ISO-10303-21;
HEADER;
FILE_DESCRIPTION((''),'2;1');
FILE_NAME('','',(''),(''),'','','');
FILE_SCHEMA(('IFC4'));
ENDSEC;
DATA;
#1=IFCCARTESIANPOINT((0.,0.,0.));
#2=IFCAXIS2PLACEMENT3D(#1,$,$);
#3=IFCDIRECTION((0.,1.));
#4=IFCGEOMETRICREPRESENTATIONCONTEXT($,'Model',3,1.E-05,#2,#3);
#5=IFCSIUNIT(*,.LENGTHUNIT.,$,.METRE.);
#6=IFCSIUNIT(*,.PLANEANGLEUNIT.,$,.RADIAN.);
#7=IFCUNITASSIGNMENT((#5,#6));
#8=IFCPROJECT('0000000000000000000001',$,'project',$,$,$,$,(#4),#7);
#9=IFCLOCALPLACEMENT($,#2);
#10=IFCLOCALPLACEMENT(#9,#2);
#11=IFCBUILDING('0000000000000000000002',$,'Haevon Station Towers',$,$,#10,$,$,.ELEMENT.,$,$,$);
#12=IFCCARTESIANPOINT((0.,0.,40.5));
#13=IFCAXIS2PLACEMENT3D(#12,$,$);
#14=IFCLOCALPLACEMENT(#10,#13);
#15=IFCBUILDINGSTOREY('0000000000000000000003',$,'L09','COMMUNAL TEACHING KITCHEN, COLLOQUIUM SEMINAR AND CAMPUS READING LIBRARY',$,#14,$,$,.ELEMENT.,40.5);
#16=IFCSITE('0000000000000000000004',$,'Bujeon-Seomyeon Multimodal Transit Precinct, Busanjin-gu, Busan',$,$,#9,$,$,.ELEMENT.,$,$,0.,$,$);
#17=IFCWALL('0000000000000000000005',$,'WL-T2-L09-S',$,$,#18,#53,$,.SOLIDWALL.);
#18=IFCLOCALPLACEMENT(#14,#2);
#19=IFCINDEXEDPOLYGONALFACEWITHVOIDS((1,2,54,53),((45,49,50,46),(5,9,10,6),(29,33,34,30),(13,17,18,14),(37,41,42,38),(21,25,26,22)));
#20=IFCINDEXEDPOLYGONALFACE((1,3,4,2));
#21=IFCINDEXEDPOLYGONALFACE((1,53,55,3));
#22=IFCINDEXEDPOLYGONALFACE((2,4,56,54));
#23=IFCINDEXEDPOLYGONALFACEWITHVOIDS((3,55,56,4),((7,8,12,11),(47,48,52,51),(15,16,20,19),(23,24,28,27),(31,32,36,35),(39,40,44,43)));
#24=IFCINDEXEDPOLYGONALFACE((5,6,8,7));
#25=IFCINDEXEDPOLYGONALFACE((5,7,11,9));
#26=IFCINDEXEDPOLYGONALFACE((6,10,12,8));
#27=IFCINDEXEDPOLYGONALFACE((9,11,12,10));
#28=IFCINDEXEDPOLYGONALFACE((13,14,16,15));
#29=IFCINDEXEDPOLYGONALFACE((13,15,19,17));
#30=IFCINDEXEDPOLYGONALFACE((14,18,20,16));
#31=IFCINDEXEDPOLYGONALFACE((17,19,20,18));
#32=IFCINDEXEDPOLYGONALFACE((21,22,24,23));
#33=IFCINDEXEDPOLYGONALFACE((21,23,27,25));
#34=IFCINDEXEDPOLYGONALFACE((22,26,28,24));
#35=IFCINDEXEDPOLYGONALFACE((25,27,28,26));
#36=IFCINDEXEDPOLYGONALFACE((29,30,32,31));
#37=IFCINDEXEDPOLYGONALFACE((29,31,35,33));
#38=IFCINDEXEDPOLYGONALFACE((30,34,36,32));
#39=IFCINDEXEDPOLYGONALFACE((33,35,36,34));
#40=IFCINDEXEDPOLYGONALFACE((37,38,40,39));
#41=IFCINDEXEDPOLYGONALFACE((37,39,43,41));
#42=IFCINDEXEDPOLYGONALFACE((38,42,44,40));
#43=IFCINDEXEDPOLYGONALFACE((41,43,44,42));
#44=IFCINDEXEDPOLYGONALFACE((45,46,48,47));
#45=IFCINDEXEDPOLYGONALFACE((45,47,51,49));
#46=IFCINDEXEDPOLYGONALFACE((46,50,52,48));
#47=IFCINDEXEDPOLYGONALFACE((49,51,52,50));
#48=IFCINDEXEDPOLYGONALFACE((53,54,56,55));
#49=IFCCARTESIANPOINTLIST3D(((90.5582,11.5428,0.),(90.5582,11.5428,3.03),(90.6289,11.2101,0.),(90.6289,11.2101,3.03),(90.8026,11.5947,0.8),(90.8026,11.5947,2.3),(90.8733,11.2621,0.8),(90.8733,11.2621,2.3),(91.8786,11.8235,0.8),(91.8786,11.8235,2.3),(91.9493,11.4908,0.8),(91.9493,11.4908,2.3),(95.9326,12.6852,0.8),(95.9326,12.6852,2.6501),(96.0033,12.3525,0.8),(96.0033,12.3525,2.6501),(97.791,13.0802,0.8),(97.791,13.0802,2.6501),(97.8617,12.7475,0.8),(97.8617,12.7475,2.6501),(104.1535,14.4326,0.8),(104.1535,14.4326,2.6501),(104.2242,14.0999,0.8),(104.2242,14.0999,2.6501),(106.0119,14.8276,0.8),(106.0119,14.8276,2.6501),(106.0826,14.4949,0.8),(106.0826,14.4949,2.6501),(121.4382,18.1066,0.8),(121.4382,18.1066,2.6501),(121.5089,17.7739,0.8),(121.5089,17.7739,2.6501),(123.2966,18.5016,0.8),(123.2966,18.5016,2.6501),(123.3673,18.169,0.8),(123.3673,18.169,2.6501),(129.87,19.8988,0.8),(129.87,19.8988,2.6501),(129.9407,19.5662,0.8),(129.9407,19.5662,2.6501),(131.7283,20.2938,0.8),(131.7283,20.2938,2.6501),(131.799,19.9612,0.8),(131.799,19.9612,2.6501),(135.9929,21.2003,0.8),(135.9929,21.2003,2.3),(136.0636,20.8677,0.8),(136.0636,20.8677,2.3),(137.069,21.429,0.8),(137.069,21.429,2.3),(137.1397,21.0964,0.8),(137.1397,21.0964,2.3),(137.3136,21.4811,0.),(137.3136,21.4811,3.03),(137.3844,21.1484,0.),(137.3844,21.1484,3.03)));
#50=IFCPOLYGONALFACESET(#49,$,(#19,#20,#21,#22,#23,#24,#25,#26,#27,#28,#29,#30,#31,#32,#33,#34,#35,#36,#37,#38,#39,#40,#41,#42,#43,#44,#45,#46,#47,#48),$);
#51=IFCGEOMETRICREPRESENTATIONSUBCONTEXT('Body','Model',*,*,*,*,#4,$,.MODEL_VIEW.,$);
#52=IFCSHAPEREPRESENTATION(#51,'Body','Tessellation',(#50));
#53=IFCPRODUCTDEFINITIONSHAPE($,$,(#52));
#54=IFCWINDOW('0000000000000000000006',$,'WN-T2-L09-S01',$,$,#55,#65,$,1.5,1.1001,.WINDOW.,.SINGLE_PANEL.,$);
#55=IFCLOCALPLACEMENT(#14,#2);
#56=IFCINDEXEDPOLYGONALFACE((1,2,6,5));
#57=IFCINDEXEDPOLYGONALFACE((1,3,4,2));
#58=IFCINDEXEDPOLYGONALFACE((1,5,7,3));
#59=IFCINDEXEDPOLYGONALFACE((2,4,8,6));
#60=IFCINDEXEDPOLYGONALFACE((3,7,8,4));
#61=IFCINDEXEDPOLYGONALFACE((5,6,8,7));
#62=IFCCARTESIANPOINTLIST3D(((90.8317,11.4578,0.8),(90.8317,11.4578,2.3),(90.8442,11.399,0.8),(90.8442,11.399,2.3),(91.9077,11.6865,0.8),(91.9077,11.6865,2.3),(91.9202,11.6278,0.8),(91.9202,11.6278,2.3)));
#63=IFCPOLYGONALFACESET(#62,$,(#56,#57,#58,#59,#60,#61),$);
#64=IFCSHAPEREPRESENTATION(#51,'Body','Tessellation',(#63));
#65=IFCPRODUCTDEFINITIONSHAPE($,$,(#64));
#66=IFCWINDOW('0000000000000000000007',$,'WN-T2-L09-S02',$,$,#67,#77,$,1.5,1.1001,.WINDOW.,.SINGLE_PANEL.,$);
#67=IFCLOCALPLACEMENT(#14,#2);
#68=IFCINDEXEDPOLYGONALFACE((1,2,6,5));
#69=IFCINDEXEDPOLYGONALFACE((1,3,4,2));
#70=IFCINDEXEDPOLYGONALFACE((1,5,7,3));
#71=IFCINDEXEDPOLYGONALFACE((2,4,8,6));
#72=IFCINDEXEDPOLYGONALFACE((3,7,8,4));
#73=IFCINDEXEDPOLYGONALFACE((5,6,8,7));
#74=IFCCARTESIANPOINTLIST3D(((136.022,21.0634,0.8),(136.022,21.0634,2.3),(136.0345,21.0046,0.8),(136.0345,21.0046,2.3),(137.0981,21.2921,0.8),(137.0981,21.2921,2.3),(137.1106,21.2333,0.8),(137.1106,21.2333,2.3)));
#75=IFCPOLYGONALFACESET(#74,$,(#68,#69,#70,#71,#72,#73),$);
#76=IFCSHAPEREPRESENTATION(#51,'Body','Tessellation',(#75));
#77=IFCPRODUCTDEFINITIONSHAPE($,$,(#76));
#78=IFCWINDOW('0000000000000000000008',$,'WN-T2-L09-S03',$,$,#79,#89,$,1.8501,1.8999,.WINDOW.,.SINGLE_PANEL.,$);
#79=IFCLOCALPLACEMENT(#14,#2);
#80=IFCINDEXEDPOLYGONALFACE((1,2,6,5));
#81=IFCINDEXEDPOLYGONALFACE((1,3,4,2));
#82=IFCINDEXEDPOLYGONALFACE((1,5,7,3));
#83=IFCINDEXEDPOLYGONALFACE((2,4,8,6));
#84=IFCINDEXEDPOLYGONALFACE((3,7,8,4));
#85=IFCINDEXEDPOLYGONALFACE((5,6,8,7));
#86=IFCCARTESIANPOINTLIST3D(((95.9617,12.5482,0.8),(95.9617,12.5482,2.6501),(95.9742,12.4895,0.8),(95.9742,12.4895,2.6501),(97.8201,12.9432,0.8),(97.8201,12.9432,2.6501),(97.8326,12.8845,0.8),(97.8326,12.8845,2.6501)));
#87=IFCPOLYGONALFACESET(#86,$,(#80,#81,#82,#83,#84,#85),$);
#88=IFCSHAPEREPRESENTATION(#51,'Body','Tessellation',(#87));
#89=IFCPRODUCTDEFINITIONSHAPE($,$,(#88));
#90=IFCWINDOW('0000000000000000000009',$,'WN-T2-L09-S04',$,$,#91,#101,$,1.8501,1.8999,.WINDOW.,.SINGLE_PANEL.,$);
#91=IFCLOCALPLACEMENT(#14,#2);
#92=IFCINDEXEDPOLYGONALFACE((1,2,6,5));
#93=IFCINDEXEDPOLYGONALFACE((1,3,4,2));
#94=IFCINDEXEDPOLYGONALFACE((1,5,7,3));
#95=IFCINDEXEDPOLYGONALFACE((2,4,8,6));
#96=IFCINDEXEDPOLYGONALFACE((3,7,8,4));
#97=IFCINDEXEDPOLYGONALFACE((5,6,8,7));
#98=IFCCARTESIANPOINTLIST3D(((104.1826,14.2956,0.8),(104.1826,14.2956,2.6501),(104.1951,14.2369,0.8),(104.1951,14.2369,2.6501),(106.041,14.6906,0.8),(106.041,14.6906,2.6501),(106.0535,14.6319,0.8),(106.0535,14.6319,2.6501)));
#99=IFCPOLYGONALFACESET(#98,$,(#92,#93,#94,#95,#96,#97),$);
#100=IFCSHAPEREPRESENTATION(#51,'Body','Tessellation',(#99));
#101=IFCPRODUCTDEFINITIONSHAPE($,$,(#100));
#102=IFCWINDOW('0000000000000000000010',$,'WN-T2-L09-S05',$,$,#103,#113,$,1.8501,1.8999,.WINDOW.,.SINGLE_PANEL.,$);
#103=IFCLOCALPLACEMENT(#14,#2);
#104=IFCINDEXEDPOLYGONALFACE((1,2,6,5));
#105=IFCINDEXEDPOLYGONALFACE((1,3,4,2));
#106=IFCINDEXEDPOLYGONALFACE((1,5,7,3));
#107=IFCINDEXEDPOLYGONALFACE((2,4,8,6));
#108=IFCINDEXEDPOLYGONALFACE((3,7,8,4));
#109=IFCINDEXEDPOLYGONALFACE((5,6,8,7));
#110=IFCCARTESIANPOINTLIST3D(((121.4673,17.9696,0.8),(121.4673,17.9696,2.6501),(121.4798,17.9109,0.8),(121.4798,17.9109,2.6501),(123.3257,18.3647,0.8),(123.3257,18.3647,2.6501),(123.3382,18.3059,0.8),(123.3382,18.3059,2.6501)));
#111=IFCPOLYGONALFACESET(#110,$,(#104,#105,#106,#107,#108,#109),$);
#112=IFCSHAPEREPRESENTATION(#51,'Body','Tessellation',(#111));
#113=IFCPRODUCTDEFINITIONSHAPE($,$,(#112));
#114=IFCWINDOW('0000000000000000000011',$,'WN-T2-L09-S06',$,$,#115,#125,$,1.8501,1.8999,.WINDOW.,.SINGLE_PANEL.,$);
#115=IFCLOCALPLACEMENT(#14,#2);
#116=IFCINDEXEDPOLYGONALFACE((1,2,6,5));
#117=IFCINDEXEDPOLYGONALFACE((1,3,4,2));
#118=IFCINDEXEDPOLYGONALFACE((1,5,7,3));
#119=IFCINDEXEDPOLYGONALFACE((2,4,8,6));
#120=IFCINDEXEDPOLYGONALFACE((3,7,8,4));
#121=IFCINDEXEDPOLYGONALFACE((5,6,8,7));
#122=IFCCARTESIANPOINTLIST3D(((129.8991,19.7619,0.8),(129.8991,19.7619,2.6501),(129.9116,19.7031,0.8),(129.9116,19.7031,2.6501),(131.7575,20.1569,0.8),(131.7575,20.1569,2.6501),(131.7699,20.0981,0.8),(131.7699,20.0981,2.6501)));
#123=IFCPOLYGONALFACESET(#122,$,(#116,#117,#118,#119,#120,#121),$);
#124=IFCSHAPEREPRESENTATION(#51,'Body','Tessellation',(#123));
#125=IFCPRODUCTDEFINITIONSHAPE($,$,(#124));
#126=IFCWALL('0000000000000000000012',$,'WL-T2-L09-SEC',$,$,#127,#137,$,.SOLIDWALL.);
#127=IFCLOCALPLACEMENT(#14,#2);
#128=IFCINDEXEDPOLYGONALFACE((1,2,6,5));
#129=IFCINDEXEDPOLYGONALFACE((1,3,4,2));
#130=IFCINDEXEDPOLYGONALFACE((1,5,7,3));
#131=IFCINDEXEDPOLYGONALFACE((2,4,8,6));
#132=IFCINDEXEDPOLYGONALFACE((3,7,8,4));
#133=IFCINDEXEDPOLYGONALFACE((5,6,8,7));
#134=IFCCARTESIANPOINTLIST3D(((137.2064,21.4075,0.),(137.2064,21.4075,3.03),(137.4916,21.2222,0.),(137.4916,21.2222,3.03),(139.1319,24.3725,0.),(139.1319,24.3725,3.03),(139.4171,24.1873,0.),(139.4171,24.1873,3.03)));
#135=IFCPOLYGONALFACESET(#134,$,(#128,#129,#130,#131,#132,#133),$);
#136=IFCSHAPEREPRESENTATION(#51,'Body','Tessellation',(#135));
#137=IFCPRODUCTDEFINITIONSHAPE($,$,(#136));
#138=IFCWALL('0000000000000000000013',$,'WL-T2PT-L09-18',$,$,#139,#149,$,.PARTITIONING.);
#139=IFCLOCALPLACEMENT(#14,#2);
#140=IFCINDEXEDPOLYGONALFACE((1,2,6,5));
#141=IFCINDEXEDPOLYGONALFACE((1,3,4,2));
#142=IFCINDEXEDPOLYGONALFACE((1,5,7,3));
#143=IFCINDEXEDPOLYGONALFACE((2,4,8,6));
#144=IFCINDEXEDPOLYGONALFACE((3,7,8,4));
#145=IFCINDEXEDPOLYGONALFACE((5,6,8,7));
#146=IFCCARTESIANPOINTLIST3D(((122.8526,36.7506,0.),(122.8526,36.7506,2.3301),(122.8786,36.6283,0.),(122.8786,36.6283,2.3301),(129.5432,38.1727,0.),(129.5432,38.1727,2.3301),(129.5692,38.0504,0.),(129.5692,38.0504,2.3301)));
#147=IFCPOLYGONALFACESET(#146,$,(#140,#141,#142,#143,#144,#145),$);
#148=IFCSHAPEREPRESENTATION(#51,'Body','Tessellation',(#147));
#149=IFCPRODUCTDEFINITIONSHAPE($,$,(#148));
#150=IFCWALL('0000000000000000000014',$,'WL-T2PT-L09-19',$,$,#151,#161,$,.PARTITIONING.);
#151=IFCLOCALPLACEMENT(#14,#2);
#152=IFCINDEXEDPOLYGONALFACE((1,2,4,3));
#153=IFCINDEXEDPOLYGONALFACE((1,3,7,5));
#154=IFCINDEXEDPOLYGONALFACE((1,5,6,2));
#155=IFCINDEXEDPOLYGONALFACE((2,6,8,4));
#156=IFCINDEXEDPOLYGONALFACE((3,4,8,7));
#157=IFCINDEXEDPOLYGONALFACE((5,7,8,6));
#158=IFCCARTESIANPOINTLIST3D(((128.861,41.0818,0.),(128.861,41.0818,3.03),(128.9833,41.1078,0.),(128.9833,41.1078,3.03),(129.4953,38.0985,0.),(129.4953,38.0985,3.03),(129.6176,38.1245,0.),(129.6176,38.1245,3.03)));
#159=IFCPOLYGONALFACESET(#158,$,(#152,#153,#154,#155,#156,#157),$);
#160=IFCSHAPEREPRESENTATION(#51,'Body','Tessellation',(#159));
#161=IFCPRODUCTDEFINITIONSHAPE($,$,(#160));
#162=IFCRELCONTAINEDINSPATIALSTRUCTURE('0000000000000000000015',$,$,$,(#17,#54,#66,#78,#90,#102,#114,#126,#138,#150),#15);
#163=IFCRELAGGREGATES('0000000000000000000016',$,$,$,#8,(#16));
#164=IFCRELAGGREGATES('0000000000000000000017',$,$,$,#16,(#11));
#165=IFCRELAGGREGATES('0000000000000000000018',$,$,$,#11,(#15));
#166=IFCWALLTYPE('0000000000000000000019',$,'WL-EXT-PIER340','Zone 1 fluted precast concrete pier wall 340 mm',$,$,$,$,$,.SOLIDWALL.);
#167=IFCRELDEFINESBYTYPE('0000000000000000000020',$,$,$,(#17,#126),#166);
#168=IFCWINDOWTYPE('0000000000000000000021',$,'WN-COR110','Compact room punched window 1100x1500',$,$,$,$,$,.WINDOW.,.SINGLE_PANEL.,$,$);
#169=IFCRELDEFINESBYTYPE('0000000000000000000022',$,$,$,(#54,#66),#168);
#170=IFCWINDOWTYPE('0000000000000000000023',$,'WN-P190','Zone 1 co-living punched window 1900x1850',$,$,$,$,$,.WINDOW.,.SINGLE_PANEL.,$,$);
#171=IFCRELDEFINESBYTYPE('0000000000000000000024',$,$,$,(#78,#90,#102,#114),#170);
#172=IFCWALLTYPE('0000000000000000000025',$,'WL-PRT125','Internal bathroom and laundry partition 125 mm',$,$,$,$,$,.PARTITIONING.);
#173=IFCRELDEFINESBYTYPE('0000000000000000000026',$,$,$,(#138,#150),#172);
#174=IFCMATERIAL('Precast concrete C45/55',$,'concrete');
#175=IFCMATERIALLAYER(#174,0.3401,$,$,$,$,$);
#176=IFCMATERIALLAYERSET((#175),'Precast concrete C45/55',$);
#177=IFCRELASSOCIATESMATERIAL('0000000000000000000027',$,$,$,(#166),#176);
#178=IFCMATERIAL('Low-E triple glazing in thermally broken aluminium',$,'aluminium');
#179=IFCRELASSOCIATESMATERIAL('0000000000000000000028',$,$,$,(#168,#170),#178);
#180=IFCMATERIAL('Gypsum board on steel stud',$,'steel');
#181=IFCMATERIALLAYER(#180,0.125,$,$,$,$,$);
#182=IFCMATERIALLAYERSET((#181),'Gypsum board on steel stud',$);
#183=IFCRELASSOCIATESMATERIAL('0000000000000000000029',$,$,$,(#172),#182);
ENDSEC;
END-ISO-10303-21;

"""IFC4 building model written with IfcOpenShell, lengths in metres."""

from ifc_helpers import new_model, si_unit, direction, frame, frame_2d, origin, place, context, subcontext, project, spatial, rectangle, extrude, material, layer, layer_set, type_object, element, fill, save


model = new_model("IFC4")

# Units and contexts
model_context = context("Model", 3, precision=1e-05, world=origin(), true_north=direction((0.0, 1.0)))
body_context = subcontext(model_context, "Body", "Model", "MODEL_VIEW")
ifc_project = project(units=[si_unit("LENGTHUNIT", "METRE"), si_unit("PLANEANGLEUNIT", "RADIAN")], contexts=[model_context])

# Site, building, storey
site_placement = place(None, origin())
site = spatial("IfcSite", under=ifc_project, at=site_placement, Name="Bujeon-Seomyeon Multimodal Transit Precinct, Busanjin-gu, Busan", CompositionType="ELEMENT", RefElevation=0.0)
building_placement = place(site_placement, origin())
building = spatial("IfcBuilding", under=site, at=building_placement, Name="Haevon Station Towers", CompositionType="ELEMENT")
storey_placement = place(building_placement, frame((0.0, 0.0, 40.5)))
storey = spatial("IfcBuildingStorey", under=building, at=storey_placement, Name="L09", Description="COMMUNAL TEACHING KITCHEN, COLLOQUIUM SEMINAR AND CAMPUS READING LIBRARY", CompositionType="ELEMENT", Elevation=40.5)

# Wall, openings, windows
ifc_material_1 = material(Name="Precast concrete C45/55", Category="concrete")
ifc_layer_1 = layer(ifc_material_1, 0.3401)
ifc_layer_set_1 = layer_set([ifc_layer_1], Name="Precast concrete C45/55")
wall_type_1 = type_object("IfcWallType", Name="WL-EXT-PIER340", Description="Zone 1 fluted precast concrete pier wall 340 mm", PredefinedType="SOLIDWALL", material=ifc_layer_set_1)
wall_1_placement = place(storey_placement, frame((137.3489, 21.3147, 0.0), z_axis=(0.0, 0.0, 1.0), x_axis=(-0.978147, -0.207913, 0.0)))
wall_1 = element("IfcWall", 1, at=wall_1_placement, inside=storey, type_object=wall_type_1, Name="WL-T2-L09-S", PredefinedType="SOLIDWALL", context=body_context, shape_type="SweptSolid", body=[
    extrude(rectangle(XDim=47.8, YDim=0.3401, at=frame_2d((23.8999, 0.0))), origin(), (0.0, 0.0, 1.0), 3.03),
])
opening_1_placement = place(wall_1_placement, frame((46.45, 0.0, 0.8)))
opening_1 = element("IfcOpeningElement", 2, at=opening_1_placement, cuts=wall_1, PredefinedType="OPENING", context=body_context, shape_type="SweptSolid", body=[
    extrude(rectangle(XDim=1.1001, YDim=1.5, at=frame_2d((0.55, 0.75))), frame((0.0, 0.1799, 0.0), z_axis=(0.0, -1.0, 0.0), x_axis=(1.0, 0.0, 0.0)), (0.0, 0.0, 1.0), 0.3601),
])
opening_2_placement = place(wall_1_placement, frame((0.25, 0.0, 0.8)))
opening_2 = element("IfcOpeningElement", 3, at=opening_2_placement, cuts=wall_1, PredefinedType="OPENING", context=body_context, shape_type="SweptSolid", body=[
    extrude(rectangle(XDim=1.1001, YDim=1.5, at=frame_2d((0.55, 0.75))), frame((0.0, 0.1799, 0.0), z_axis=(0.0, -1.0, 0.0), x_axis=(1.0, 0.0, 0.0)), (0.0, 0.0, 1.0), 0.3601),
])
opening_3_placement = place(wall_1_placement, frame((40.4055, 0.0, 0.8)))
opening_3 = element("IfcOpeningElement", 4, at=opening_3_placement, cuts=wall_1, PredefinedType="OPENING", context=body_context, shape_type="SweptSolid", body=[
    extrude(rectangle(XDim=1.8999, YDim=1.8501, at=frame_2d((0.95, 0.925))), frame((0.0, 0.1799, 0.0), z_axis=(0.0, -1.0, 0.0), x_axis=(1.0, 0.0, 0.0)), (0.0, 0.0, 1.0), 0.3601),
])
opening_4_placement = place(wall_1_placement, frame((32.001, 0.0, 0.8)))
opening_4 = element("IfcOpeningElement", 5, at=opening_4_placement, cuts=wall_1, PredefinedType="OPENING", context=body_context, shape_type="SweptSolid", body=[
    extrude(rectangle(XDim=1.8999, YDim=1.8501, at=frame_2d((0.95, 0.925))), frame((0.0, 0.1799, 0.0), z_axis=(0.0, -1.0, 0.0), x_axis=(1.0, 0.0, 0.0)), (0.0, 0.0, 1.0), 0.3601),
])
opening_5_placement = place(wall_1_placement, frame((14.3301, 0.0, 0.8)))
opening_5 = element("IfcOpeningElement", 6, at=opening_5_placement, cuts=wall_1, PredefinedType="OPENING", context=body_context, shape_type="SweptSolid", body=[
    extrude(rectangle(XDim=1.8999, YDim=1.8501, at=frame_2d((0.95, 0.925))), frame((0.0, 0.1799, 0.0), z_axis=(0.0, -1.0, 0.0), x_axis=(1.0, 0.0, 0.0)), (0.0, 0.0, 1.0), 0.3601),
])
opening_6_placement = place(wall_1_placement, frame((5.71, 0.0, 0.8)))
opening_6 = element("IfcOpeningElement", 7, at=opening_6_placement, cuts=wall_1, PredefinedType="OPENING", context=body_context, shape_type="SweptSolid", body=[
    extrude(rectangle(XDim=1.8999, YDim=1.8501, at=frame_2d((0.95, 0.925))), frame((0.0, 0.1799, 0.0), z_axis=(0.0, -1.0, 0.0), x_axis=(1.0, 0.0, 0.0)), (0.0, 0.0, 1.0), 0.3601),
])
ifc_material_2 = material(Name="Low-E triple glazing in thermally broken aluminium", Category="aluminium")
window_type_1 = type_object("IfcWindowType", Name="WN-COR110", Description="Compact room punched window 1100x1500", PartitioningType="SINGLE_PANEL", PredefinedType="WINDOW", material=ifc_material_2)
window_1_placement = place(opening_1_placement, origin())
window_1 = element("IfcWindow", 8, at=window_1_placement, inside=storey, type_object=window_type_1, Name="WN-T2-L09-S01", OverallHeight=1.5, OverallWidth=1.1001, PartitioningType="SINGLE_PANEL", PredefinedType="WINDOW", context=body_context, shape_type="SweptSolid", body=[
    extrude(rectangle(XDim=1.1001, YDim=1.5, at=frame_2d((0.55, 0.75))), frame((0.0, 0.03, 0.0), z_axis=(0.0, -1.0, 0.0), x_axis=(1.0, 0.0, 0.0)), (0.0, 0.0, 1.0), 0.0601),
])
fill(opening_1, window_1)
window_2_placement = place(opening_2_placement, origin())
window_2 = element("IfcWindow", 9, at=window_2_placement, inside=storey, type_object=window_type_1, Name="WN-T2-L09-S02", OverallHeight=1.5, OverallWidth=1.1001, PartitioningType="SINGLE_PANEL", PredefinedType="WINDOW", context=body_context, shape_type="SweptSolid", body=[
    extrude(rectangle(XDim=1.1001, YDim=1.5, at=frame_2d((0.55, 0.75))), frame((0.0, 0.03, 0.0), z_axis=(0.0, -1.0, 0.0), x_axis=(1.0, 0.0, 0.0)), (0.0, 0.0, 1.0), 0.0601),
])
fill(opening_2, window_2)
window_type_2 = type_object("IfcWindowType", Name="WN-P190", Description="Zone 1 co-living punched window 1900x1850", PartitioningType="SINGLE_PANEL", PredefinedType="WINDOW", material=ifc_material_2)
window_3_placement = place(opening_3_placement, origin())
window_3 = element("IfcWindow", 10, at=window_3_placement, inside=storey, type_object=window_type_2, Name="WN-T2-L09-S03", OverallHeight=1.8501, OverallWidth=1.8999, PartitioningType="SINGLE_PANEL", PredefinedType="WINDOW", context=body_context, shape_type="SweptSolid", body=[
    extrude(rectangle(XDim=1.8999, YDim=1.8501, at=frame_2d((0.95, 0.925))), frame((0.0, 0.03, 0.0), z_axis=(0.0, -1.0, 0.0), x_axis=(1.0, 0.0, 0.0)), (0.0, 0.0, 1.0), 0.0601),
])
fill(opening_3, window_3)
window_4_placement = place(opening_4_placement, origin())
window_4 = element("IfcWindow", 11, at=window_4_placement, inside=storey, type_object=window_type_2, Name="WN-T2-L09-S04", OverallHeight=1.8501, OverallWidth=1.8999, PartitioningType="SINGLE_PANEL", PredefinedType="WINDOW", context=body_context, shape_type="SweptSolid", body=[
    extrude(rectangle(XDim=1.8999, YDim=1.8501, at=frame_2d((0.95, 0.925))), frame((0.0, 0.03, 0.0), z_axis=(0.0, -1.0, 0.0), x_axis=(1.0, 0.0, 0.0)), (0.0, 0.0, 1.0), 0.0601),
])
fill(opening_4, window_4)
window_5_placement = place(opening_5_placement, origin())
window_5 = element("IfcWindow", 12, at=window_5_placement, inside=storey, type_object=window_type_2, Name="WN-T2-L09-S05", OverallHeight=1.8501, OverallWidth=1.8999, PartitioningType="SINGLE_PANEL", PredefinedType="WINDOW", context=body_context, shape_type="SweptSolid", body=[
    extrude(rectangle(XDim=1.8999, YDim=1.8501, at=frame_2d((0.95, 0.925))), frame((0.0, 0.03, 0.0), z_axis=(0.0, -1.0, 0.0), x_axis=(1.0, 0.0, 0.0)), (0.0, 0.0, 1.0), 0.0601),
])
fill(opening_5, window_5)
window_6_placement = place(opening_6_placement, origin())
window_6 = element("IfcWindow", 13, at=window_6_placement, inside=storey, type_object=window_type_2, Name="WN-T2-L09-S06", OverallHeight=1.8501, OverallWidth=1.8999, PartitioningType="SINGLE_PANEL", PredefinedType="WINDOW", context=body_context, shape_type="SweptSolid", body=[
    extrude(rectangle(XDim=1.8999, YDim=1.8501, at=frame_2d((0.95, 0.925))), frame((0.0, 0.03, 0.0), z_axis=(0.0, -1.0, 0.0), x_axis=(1.0, 0.0, 0.0)), (0.0, 0.0, 1.0), 0.0601),
])
fill(opening_6, window_6)

# Walls
wall_2_placement = place(storey_placement, frame((139.2744, 24.2798, 0.0), z_axis=(0.0, 0.0, 1.0), x_axis=(-0.544636, -0.838672, 0.0)))
element("IfcWall", 14, at=wall_2_placement, inside=storey, type_object=wall_type_1, Name="WL-T2-L09-SEC", PredefinedType="SOLIDWALL", context=body_context, shape_type="SweptSolid", body=[
    extrude(rectangle(XDim=3.5354, YDim=0.3401, at=frame_2d((1.7676, 0.0))), origin(), (0.0, 0.0, 1.0), 3.03),
])
ifc_material_3 = material(Name="Gypsum board on steel stud", Category="steel")
ifc_layer_2 = layer(ifc_material_3, 0.125)
ifc_layer_set_2 = layer_set([ifc_layer_2], Name="Gypsum board on steel stud")
wall_type_2 = type_object("IfcWallType", Name="WL-PRT125", Description="Internal bathroom and laundry partition 125 mm", PredefinedType="PARTITIONING", material=ifc_layer_set_2)
wall_3_placement = place(storey_placement, frame((122.8657, 36.6895, 0.0), z_axis=(0.0, 0.0, 1.0), x_axis=(0.978148, 0.207908, 0.0)))
element("IfcWall", 15, at=wall_3_placement, inside=storey, type_object=wall_type_2, Name="WL-T2PT-L09-18", PredefinedType="PARTITIONING", context=body_context, shape_type="SweptSolid", body=[
    extrude(rectangle(XDim=6.8401, YDim=0.125, at=frame_2d((3.4199, 0.0))), origin(), (0.0, 0.0, 1.0), 2.3301),
])
wall_4_placement = place(storey_placement, frame((129.5564, 38.1116, 0.0), z_axis=(0.0, 0.0, 1.0), x_axis=(-0.207954, 0.978139, 0.0)))
element("IfcWall", 16, at=wall_4_placement, inside=storey, type_object=wall_type_2, Name="WL-T2PT-L09-19", PredefinedType="PARTITIONING", context=body_context, shape_type="SweptSolid", body=[
    extrude(rectangle(XDim=3.05, YDim=0.125, at=frame_2d((1.5249, 0.0))), origin(), (0.0, 0.0, 1.0), 3.03),
])

save(model, "model.ifc")
